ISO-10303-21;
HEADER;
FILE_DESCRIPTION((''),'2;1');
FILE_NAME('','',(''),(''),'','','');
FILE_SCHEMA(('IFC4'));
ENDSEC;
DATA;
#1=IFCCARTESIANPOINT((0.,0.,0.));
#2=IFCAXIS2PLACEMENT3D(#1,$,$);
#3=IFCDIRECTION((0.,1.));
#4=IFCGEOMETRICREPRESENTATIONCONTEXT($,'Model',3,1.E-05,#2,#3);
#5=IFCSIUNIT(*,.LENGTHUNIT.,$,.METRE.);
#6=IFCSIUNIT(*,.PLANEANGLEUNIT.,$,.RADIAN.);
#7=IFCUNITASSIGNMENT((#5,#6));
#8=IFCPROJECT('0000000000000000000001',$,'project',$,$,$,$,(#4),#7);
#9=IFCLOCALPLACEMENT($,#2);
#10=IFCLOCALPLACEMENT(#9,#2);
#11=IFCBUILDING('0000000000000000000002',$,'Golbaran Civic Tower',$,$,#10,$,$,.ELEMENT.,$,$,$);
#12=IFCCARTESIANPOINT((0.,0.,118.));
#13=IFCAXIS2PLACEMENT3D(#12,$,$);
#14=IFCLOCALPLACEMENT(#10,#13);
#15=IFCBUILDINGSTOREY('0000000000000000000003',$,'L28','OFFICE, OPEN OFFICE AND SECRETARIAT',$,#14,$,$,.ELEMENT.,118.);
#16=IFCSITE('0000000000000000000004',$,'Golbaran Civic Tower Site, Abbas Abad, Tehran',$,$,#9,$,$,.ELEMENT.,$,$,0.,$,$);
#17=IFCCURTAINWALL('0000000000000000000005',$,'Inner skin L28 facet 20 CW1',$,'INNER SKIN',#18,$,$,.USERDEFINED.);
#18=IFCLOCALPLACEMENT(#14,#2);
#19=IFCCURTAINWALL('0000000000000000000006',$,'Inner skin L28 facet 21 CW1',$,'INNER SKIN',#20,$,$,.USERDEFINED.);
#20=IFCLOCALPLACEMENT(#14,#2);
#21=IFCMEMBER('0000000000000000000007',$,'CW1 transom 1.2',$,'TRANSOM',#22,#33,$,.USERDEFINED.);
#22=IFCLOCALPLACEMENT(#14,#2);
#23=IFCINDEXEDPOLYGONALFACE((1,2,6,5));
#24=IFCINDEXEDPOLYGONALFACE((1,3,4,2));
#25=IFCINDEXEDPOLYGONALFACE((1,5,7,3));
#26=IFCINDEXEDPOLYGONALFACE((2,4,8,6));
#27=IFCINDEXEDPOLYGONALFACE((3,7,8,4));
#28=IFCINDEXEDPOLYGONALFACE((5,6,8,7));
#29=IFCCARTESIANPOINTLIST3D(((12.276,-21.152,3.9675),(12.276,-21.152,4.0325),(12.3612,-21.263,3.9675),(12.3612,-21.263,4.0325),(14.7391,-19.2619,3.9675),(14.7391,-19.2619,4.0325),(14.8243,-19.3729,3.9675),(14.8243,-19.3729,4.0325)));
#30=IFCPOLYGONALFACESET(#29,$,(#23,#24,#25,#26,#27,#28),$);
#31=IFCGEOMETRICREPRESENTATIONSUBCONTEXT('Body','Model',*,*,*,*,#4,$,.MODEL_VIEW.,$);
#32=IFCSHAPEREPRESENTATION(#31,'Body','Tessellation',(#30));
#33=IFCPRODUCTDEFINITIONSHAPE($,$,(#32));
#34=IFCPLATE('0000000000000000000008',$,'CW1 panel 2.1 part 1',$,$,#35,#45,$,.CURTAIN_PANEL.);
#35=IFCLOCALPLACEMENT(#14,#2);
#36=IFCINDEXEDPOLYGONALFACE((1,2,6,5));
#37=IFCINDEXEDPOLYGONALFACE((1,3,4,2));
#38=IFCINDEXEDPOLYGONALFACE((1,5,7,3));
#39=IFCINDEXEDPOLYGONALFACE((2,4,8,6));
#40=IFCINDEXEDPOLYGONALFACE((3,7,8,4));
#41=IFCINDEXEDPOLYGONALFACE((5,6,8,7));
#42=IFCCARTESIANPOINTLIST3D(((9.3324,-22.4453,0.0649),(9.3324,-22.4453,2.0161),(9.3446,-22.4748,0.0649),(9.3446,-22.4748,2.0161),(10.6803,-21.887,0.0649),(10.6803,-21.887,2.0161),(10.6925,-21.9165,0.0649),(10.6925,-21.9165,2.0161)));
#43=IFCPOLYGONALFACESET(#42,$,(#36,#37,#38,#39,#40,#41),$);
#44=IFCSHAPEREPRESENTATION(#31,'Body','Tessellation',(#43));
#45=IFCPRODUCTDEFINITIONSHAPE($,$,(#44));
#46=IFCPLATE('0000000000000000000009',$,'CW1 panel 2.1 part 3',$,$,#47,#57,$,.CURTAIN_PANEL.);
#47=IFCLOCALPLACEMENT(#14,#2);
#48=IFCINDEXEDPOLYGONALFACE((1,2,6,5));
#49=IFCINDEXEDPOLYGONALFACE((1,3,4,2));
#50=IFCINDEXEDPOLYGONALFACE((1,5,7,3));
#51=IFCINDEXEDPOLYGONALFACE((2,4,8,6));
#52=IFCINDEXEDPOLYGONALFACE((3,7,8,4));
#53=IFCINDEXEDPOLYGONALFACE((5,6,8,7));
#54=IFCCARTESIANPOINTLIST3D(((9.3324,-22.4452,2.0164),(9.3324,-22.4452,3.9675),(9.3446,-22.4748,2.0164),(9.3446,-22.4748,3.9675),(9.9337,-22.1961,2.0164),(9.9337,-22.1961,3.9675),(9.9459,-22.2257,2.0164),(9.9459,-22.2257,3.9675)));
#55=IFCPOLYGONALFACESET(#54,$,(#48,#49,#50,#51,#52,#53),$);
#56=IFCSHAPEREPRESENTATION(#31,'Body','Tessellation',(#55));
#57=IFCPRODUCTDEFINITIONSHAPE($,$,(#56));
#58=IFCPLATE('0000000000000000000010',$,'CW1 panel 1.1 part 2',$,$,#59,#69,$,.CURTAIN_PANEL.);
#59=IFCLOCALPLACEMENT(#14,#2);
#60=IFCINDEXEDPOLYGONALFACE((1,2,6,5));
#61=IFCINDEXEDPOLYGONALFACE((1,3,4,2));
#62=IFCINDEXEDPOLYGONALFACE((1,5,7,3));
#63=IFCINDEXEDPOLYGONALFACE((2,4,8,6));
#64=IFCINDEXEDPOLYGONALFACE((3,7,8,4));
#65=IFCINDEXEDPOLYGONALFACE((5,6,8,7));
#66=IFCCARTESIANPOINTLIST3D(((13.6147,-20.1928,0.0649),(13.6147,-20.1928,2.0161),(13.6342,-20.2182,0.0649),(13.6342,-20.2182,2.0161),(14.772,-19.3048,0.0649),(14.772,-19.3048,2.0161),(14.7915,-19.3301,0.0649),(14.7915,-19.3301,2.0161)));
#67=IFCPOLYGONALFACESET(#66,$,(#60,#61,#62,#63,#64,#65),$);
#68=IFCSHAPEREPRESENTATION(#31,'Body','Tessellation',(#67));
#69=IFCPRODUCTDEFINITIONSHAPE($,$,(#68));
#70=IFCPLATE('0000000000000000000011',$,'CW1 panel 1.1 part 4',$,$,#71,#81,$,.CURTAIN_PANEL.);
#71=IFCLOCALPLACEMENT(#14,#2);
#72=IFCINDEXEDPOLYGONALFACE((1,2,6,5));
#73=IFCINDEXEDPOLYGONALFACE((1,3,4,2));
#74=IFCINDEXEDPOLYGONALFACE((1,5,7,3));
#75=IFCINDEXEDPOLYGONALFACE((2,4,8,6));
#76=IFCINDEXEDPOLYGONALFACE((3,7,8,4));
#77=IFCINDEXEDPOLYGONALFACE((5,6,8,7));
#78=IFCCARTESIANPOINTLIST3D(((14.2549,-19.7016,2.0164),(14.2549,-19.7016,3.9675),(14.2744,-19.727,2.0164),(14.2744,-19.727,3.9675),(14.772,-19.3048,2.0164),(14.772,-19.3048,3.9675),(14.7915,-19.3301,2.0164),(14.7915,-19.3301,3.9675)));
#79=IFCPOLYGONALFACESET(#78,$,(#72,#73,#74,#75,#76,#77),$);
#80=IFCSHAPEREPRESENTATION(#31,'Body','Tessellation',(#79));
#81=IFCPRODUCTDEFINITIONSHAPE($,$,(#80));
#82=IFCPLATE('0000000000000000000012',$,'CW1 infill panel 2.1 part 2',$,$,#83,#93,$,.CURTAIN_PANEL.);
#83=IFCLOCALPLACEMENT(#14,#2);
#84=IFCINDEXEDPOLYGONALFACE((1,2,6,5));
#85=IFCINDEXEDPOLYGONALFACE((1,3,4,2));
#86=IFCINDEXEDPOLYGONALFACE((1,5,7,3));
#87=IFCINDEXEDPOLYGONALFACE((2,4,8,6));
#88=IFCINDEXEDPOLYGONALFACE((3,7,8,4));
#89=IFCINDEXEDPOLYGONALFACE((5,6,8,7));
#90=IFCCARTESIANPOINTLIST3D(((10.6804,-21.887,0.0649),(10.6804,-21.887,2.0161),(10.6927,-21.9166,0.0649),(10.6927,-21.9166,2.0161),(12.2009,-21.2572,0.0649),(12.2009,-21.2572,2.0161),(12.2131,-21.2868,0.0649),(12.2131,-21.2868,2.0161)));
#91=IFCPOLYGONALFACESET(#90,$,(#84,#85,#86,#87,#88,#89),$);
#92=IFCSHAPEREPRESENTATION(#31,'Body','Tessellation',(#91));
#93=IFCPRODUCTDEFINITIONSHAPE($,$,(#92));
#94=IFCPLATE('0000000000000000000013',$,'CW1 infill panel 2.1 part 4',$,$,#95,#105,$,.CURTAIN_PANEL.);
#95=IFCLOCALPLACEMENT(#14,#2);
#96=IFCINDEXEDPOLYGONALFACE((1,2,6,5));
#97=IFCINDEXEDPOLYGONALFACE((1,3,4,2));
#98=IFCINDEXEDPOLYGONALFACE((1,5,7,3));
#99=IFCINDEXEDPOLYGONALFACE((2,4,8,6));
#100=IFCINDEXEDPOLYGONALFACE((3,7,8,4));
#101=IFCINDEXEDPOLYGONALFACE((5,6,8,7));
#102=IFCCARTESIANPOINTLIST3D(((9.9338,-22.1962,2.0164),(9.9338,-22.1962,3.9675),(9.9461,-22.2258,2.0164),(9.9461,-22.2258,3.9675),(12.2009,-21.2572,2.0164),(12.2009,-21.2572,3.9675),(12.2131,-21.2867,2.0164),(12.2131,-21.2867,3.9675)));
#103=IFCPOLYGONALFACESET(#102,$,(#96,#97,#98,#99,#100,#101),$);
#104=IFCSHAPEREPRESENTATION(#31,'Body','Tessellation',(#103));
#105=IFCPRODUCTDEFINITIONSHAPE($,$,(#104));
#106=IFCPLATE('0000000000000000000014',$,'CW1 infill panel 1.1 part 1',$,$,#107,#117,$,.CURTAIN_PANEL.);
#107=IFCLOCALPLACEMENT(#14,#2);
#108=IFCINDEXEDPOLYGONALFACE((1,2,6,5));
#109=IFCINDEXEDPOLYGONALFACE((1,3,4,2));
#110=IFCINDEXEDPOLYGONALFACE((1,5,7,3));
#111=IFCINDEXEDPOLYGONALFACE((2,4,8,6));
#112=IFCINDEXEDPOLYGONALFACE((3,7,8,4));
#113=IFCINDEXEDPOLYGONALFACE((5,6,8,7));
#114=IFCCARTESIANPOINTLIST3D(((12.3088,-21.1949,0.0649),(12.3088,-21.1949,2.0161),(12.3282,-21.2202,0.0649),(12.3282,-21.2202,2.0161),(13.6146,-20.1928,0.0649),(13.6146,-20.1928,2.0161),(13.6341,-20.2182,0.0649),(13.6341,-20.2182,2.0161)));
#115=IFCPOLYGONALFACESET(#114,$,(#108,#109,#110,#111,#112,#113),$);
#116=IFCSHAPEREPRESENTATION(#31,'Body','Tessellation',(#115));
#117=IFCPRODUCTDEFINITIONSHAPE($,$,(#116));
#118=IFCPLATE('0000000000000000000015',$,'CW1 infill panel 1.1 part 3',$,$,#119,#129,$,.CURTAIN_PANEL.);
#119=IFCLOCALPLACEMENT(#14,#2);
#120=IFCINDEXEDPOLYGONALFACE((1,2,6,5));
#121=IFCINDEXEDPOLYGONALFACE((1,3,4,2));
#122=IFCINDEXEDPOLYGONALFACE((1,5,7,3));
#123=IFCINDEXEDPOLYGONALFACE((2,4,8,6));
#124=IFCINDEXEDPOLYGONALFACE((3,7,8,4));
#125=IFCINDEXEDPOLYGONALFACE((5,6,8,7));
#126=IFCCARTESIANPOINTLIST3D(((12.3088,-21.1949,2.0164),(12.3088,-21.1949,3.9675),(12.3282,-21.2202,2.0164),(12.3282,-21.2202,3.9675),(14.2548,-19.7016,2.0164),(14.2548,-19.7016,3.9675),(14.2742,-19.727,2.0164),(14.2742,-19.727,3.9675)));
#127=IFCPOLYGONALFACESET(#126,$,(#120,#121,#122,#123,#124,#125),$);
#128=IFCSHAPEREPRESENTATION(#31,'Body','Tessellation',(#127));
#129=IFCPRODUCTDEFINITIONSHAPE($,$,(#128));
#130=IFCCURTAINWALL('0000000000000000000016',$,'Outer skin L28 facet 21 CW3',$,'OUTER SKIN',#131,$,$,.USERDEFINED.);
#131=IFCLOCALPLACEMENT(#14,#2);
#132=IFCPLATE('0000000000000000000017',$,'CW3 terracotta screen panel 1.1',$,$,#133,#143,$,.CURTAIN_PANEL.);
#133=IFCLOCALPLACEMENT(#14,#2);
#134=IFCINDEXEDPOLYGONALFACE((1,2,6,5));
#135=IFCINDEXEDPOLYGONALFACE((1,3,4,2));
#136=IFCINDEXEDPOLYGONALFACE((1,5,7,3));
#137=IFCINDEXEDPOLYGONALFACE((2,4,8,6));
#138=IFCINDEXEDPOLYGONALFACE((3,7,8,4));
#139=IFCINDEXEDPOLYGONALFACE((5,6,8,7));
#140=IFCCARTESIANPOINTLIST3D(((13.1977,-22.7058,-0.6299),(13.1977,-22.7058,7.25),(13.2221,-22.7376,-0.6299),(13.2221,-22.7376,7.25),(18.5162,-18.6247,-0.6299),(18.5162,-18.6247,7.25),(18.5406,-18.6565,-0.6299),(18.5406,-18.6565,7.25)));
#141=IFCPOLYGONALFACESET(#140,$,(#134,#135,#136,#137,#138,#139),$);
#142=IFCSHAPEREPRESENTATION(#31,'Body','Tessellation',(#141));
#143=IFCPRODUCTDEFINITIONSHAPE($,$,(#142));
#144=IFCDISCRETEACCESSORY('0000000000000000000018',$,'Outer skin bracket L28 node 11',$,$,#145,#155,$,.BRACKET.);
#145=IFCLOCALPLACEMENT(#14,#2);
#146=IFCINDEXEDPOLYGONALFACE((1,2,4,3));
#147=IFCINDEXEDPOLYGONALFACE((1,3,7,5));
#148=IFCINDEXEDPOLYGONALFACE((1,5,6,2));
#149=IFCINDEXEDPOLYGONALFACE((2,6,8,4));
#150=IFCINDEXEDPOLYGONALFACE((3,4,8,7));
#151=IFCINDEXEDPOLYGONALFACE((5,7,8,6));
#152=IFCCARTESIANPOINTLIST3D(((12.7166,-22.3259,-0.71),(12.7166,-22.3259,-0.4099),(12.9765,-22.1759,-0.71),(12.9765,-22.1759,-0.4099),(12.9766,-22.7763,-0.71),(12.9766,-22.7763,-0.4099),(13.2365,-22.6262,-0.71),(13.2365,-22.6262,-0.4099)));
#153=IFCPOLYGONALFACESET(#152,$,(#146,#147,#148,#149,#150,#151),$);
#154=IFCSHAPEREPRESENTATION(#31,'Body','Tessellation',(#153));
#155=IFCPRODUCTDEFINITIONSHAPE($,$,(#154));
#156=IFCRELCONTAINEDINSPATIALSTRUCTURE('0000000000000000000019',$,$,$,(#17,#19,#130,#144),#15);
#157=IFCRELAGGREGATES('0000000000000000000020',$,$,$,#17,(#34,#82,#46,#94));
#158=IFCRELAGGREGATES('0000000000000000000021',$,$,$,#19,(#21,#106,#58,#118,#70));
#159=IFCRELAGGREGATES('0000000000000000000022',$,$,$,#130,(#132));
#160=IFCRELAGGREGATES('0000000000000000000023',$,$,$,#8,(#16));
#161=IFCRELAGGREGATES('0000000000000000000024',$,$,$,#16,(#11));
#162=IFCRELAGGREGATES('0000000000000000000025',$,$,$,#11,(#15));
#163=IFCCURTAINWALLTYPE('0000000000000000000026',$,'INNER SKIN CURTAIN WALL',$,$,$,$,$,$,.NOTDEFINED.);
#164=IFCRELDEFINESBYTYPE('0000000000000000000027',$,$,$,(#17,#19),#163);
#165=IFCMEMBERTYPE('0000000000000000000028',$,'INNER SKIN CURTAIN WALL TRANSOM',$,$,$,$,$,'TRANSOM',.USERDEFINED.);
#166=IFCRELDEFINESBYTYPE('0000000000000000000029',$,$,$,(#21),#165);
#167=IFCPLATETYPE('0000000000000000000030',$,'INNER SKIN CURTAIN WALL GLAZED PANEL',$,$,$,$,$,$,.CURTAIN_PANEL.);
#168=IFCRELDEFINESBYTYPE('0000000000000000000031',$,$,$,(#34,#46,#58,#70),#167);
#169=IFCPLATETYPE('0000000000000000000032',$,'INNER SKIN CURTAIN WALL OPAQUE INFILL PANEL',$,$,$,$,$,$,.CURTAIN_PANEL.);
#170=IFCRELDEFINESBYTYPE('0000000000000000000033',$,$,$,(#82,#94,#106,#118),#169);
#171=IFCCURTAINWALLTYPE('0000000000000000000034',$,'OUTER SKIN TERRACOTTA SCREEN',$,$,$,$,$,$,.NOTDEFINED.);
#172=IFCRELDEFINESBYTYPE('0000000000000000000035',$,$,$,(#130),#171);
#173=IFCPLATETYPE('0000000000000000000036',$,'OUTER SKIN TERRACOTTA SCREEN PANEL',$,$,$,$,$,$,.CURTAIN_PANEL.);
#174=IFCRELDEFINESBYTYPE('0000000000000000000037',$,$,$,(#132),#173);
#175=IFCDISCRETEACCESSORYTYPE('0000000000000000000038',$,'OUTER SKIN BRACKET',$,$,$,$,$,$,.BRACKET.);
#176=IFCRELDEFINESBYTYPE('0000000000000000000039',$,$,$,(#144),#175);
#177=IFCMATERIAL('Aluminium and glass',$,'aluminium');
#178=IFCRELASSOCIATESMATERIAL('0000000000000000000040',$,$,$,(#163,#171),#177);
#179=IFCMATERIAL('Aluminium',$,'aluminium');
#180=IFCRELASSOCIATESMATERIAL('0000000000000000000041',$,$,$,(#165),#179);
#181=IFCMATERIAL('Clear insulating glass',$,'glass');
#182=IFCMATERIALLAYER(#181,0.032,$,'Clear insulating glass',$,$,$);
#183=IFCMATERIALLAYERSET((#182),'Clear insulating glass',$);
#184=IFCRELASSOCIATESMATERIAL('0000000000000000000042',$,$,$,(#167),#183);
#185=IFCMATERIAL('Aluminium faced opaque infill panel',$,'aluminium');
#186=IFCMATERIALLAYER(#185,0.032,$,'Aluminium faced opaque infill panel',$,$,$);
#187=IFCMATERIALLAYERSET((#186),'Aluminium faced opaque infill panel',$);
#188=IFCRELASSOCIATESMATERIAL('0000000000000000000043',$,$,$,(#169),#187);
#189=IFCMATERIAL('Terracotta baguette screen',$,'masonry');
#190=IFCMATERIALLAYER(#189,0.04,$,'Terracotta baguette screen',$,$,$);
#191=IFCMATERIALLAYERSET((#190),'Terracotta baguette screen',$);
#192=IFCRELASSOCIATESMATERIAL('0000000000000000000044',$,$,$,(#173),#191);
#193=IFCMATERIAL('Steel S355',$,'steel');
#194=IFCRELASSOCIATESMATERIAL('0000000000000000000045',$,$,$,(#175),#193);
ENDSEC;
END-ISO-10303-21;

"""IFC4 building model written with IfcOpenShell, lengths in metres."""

from ifc_helpers import new_model, si_unit, direction, frame, origin, origin_2d, place, context, subcontext, project, spatial, rectangle, extrude, material, layer, layer_set, material_profile, profile_set, type_object, element, aggregate, save


model = new_model("IFC4")

# Units and contexts
model_context = context("Model", 3, precision=1e-05, world=origin(), true_north=direction((0.0, 1.0)))
body_context = subcontext(model_context, "Body", "Model", "MODEL_VIEW")
ifc_project = project(units=[si_unit("LENGTHUNIT", "METRE"), si_unit("PLANEANGLEUNIT", "RADIAN")], contexts=[model_context])

# Site, building, storey
site_placement = place(None, origin())
site = spatial("IfcSite", under=ifc_project, at=site_placement, Name="Golbaran Civic Tower Site, Abbas Abad, Tehran", CompositionType="ELEMENT", RefElevation=0.0)
building_placement = place(site_placement, origin())
building = spatial("IfcBuilding", under=site, at=building_placement, Name="Golbaran Civic Tower", CompositionType="ELEMENT")
storey_placement = place(building_placement, frame((0.0, 0.0, 118.0)))
storey = spatial("IfcBuildingStorey", under=building, at=storey_placement, Name="L28", Description="OFFICE, OPEN OFFICE AND SECRETARIAT", CompositionType="ELEMENT", Elevation=118.0)

# Shared definitions
ifc_material_1 = material(Name="Steel S355", Category="steel")

# Curtain wall
ifc_material_2 = material(Name="Aluminium and glass", Category="aluminium")
curtain_wall_type_1 = type_object("IfcCurtainWallType", Name="INNER SKIN CURTAIN WALL", PredefinedType="NOTDEFINED", material=ifc_material_2)
curtain_wall_1_placement = place(storey_placement, origin())
curtain_wall_1 = element("IfcCurtainWall", 1, at=curtain_wall_1_placement, inside=storey, type_object=curtain_wall_type_1, Name="Inner skin L28 facet 20 CW1", ObjectType="INNER SKIN", PredefinedType="USERDEFINED")
ifc_material_3 = material(Name="Aluminium", Category="aluminium")

# Curtain wall
curtain_wall_2_placement = place(storey_placement, origin())
curtain_wall_2 = element("IfcCurtainWall", 2, at=curtain_wall_2_placement, inside=storey, type_object=curtain_wall_type_1, Name="Inner skin L28 facet 21 CW1", ObjectType="INNER SKIN", PredefinedType="USERDEFINED")

# Member
ifc_material_profile_1 = material_profile(ifc_material_3, rectangle(XDim=0.1399, YDim=0.0649, at=origin_2d()), Name="INNER SKIN CURTAIN WALL TRANSOM")
ifc_profile_set_1 = profile_set([ifc_material_profile_1], Name="Aluminium")
member_type_1 = type_object("IfcMemberType", Name="INNER SKIN CURTAIN WALL TRANSOM", ElementType="TRANSOM", PredefinedType="USERDEFINED", material=ifc_profile_set_1)
member_1_placement = place(storey_placement, frame((12.3186, -21.2075, 4.0), z_axis=(0.793337, 0.608783, 0.0), x_axis=(-0.608783, 0.793337, 0.0)))
member_1 = element("IfcMember", 3, at=member_1_placement, type_object=member_type_1, Name="CW1 transom 1.2", ObjectType="TRANSOM", PredefinedType="USERDEFINED", context=body_context, shape_type="SweptSolid", body=[
    extrude(rectangle(XDim=0.1399, YDim=0.0649, at=origin_2d()), origin(), (0.0, 0.0, 1.0), 3.1047),
])

# Plates
ifc_material_4 = material(Name="Clear insulating glass", Category="glass")
ifc_layer_1 = layer(ifc_material_4, 0.032, Name="Clear insulating glass")
ifc_layer_set_1 = layer_set([ifc_layer_1], Name="Clear insulating glass")
plate_type_1 = type_object("IfcPlateType", Name="INNER SKIN CURTAIN WALL GLAZED PANEL", PredefinedType="CURTAIN_PANEL", material=ifc_layer_set_1)
plate_1_placement = place(storey_placement, frame((10.0125, -22.1809, 0.0649), z_axis=(0.0, 0.0, 1.0), x_axis=(0.92388, 0.382683, 0.0)))
plate_1 = element("IfcPlate", 4, at=plate_1_placement, type_object=plate_type_1, Name="CW1 panel 2.1 part 1", PredefinedType="CURTAIN_PANEL", context=body_context, shape_type="SweptSolid", body=[
    extrude(rectangle(XDim=1.459, YDim=0.032, at=origin_2d()), origin(), (0.0, 0.0, 1.0), 1.9512),
])
plate_2_placement = place(storey_placement, frame((9.6392, -22.3354, 2.0164), z_axis=(0.0, 0.0, 1.0), x_axis=(0.92388, 0.382683, 0.0)))
plate_2 = element("IfcPlate", 5, at=plate_2_placement, type_object=plate_type_1, Name="CW1 panel 2.1 part 3", PredefinedType="CURTAIN_PANEL", context=body_context, shape_type="SweptSolid", body=[
    extrude(rectangle(XDim=0.6509, YDim=0.032, at=origin_2d()), origin(), (0.0, 0.0, 1.0), 1.9512),
])
plate_3_placement = place(storey_placement, frame((14.2031, -19.7615, 0.0649), z_axis=(0.0, 0.0, 1.0), x_axis=(0.793353, 0.608761, 0.0)))
plate_3 = element("IfcPlate", 6, at=plate_3_placement, type_object=plate_type_1, Name="CW1 panel 1.1 part 2", PredefinedType="CURTAIN_PANEL", context=body_context, shape_type="SweptSolid", body=[
    extrude(rectangle(XDim=1.4587, YDim=0.032, at=origin_2d()), origin(), (0.0, 0.0, 1.0), 1.9512),
])
plate_4_placement = place(storey_placement, frame((14.5232, -19.5159, 2.0164), z_axis=(0.0, 0.0, 1.0), x_axis=(0.793353, 0.608761, 0.0)))
plate_4 = element("IfcPlate", 7, at=plate_4_placement, type_object=plate_type_1, Name="CW1 panel 1.1 part 4", PredefinedType="CURTAIN_PANEL", context=body_context, shape_type="SweptSolid", body=[
    extrude(rectangle(XDim=0.6519, YDim=0.032, at=origin_2d()), origin(), (0.0, 0.0, 1.0), 1.9512),
])
ifc_material_5 = material(Name="Aluminium faced opaque infill panel", Category="aluminium")
ifc_layer_2 = layer(ifc_material_5, 0.032, Name="Aluminium faced opaque infill panel")
ifc_layer_set_2 = layer_set([ifc_layer_2], Name="Aluminium faced opaque infill panel")
plate_type_2 = type_object("IfcPlateType", Name="INNER SKIN CURTAIN WALL OPAQUE INFILL PANEL", PredefinedType="CURTAIN_PANEL", material=ifc_layer_set_2)
plate_5_placement = place(storey_placement, frame((11.4468, -21.5869, 0.0649), z_axis=(0.0, 0.0, 1.0), x_axis=(0.92388, 0.382683, 0.0)))
plate_5 = element("IfcPlate", 8, at=plate_5_placement, type_object=plate_type_2, Name="CW1 infill panel 2.1 part 2", PredefinedType="CURTAIN_PANEL", context=body_context, shape_type="SweptSolid", body=[
    extrude(rectangle(XDim=1.6458, YDim=0.032, at=origin_2d()), origin(), (0.0, 0.0, 1.0), 1.9512),
])
plate_6_placement = place(storey_placement, frame((11.0735, -21.7415, 2.0164), z_axis=(0.0, 0.0, 1.0), x_axis=(0.92388, 0.382683, 0.0)))
plate_6 = element("IfcPlate", 9, at=plate_6_placement, type_object=plate_type_2, Name="CW1 infill panel 2.1 part 4", PredefinedType="CURTAIN_PANEL", context=body_context, shape_type="SweptSolid", body=[
    extrude(rectangle(XDim=2.4539, YDim=0.032, at=origin_2d()), origin(), (0.0, 0.0, 1.0), 1.9512),
])
aggregate(curtain_wall_1, [plate_1, plate_5, plate_2, plate_6])
plate_7_placement = place(storey_placement, frame((12.9714, -20.7065, 0.0649), z_axis=(0.0, 0.0, 1.0), x_axis=(0.793353, 0.608761, 0.0)))
plate_7 = element("IfcPlate", 10, at=plate_7_placement, type_object=plate_type_2, Name="CW1 infill panel 1.1 part 1", PredefinedType="CURTAIN_PANEL", context=body_context, shape_type="SweptSolid", body=[
    extrude(rectangle(XDim=1.646, YDim=0.032, at=origin_2d()), origin(), (0.0, 0.0, 1.0), 1.9512),
])
plate_8_placement = place(storey_placement, frame((13.2915, -20.4609, 2.0164), z_axis=(0.0, 0.0, 1.0), x_axis=(0.793353, 0.608761, 0.0)))
plate_8 = element("IfcPlate", 11, at=plate_8_placement, type_object=plate_type_2, Name="CW1 infill panel 1.1 part 3", PredefinedType="CURTAIN_PANEL", context=body_context, shape_type="SweptSolid", body=[
    extrude(rectangle(XDim=2.4529, YDim=0.032, at=origin_2d()), origin(), (0.0, 0.0, 1.0), 1.9512),
])
aggregate(curtain_wall_2, [member_1, plate_7, plate_3, plate_8, plate_4])

# Curtain wall, plate
curtain_wall_type_2 = type_object("IfcCurtainWallType", Name="OUTER SKIN TERRACOTTA SCREEN", PredefinedType="NOTDEFINED", material=ifc_material_2)
curtain_wall_3_placement = place(storey_placement, origin())
curtain_wall_3 = element("IfcCurtainWall", 12, at=curtain_wall_3_placement, inside=storey, type_object=curtain_wall_type_2, Name="Outer skin L28 facet 21 CW3", ObjectType="OUTER SKIN", PredefinedType="USERDEFINED")
ifc_material_6 = material(Name="Terracotta baguette screen", Category="masonry")
ifc_layer_3 = layer(ifc_material_6, 0.04, Name="Terracotta baguette screen")
ifc_layer_set_3 = layer_set([ifc_layer_3], Name="Terracotta baguette screen")
plate_type_3 = type_object("IfcPlateType", Name="OUTER SKIN TERRACOTTA SCREEN PANEL", PredefinedType="CURTAIN_PANEL", material=ifc_layer_set_3)
plate_9_placement = place(storey_placement, frame((15.8691, -20.6812, -0.6299), z_axis=(0.0, 0.0, 1.0), x_axis=(0.793353, 0.608761, 0.0)))
plate_9 = element("IfcPlate", 13, at=plate_9_placement, type_object=plate_type_3, Name="CW3 terracotta screen panel 1.1", PredefinedType="CURTAIN_PANEL", context=body_context, shape_type="SweptSolid", body=[
    extrude(rectangle(XDim=6.7039, YDim=0.04, at=origin_2d()), origin(), (0.0, 0.0, 1.0), 7.8799),
])
aggregate(curtain_wall_3, [plate_9])

# Discrete accessory
discrete_accessory_type = type_object("IfcDiscreteAccessoryType", Name="OUTER SKIN BRACKET", PredefinedType="BRACKET", material=ifc_material_1)
discrete_accessory_placement = place(storey_placement, frame((12.9766, -22.4761, -0.71), z_axis=(0.0, 0.0, 1.0), x_axis=(0.5, -0.866025, 0.0)))
element("IfcDiscreteAccessory", 14, at=discrete_accessory_placement, inside=storey, type_object=discrete_accessory_type, Name="Outer skin bracket L28 node 11", PredefinedType="BRACKET", context=body_context, shape_type="SweptSolid", body=[
    extrude(rectangle(XDim=0.52, YDim=0.3, at=origin_2d()), origin(), (0.0, 0.0, 1.0), 0.3),
])

save(model, "model.ifc")
